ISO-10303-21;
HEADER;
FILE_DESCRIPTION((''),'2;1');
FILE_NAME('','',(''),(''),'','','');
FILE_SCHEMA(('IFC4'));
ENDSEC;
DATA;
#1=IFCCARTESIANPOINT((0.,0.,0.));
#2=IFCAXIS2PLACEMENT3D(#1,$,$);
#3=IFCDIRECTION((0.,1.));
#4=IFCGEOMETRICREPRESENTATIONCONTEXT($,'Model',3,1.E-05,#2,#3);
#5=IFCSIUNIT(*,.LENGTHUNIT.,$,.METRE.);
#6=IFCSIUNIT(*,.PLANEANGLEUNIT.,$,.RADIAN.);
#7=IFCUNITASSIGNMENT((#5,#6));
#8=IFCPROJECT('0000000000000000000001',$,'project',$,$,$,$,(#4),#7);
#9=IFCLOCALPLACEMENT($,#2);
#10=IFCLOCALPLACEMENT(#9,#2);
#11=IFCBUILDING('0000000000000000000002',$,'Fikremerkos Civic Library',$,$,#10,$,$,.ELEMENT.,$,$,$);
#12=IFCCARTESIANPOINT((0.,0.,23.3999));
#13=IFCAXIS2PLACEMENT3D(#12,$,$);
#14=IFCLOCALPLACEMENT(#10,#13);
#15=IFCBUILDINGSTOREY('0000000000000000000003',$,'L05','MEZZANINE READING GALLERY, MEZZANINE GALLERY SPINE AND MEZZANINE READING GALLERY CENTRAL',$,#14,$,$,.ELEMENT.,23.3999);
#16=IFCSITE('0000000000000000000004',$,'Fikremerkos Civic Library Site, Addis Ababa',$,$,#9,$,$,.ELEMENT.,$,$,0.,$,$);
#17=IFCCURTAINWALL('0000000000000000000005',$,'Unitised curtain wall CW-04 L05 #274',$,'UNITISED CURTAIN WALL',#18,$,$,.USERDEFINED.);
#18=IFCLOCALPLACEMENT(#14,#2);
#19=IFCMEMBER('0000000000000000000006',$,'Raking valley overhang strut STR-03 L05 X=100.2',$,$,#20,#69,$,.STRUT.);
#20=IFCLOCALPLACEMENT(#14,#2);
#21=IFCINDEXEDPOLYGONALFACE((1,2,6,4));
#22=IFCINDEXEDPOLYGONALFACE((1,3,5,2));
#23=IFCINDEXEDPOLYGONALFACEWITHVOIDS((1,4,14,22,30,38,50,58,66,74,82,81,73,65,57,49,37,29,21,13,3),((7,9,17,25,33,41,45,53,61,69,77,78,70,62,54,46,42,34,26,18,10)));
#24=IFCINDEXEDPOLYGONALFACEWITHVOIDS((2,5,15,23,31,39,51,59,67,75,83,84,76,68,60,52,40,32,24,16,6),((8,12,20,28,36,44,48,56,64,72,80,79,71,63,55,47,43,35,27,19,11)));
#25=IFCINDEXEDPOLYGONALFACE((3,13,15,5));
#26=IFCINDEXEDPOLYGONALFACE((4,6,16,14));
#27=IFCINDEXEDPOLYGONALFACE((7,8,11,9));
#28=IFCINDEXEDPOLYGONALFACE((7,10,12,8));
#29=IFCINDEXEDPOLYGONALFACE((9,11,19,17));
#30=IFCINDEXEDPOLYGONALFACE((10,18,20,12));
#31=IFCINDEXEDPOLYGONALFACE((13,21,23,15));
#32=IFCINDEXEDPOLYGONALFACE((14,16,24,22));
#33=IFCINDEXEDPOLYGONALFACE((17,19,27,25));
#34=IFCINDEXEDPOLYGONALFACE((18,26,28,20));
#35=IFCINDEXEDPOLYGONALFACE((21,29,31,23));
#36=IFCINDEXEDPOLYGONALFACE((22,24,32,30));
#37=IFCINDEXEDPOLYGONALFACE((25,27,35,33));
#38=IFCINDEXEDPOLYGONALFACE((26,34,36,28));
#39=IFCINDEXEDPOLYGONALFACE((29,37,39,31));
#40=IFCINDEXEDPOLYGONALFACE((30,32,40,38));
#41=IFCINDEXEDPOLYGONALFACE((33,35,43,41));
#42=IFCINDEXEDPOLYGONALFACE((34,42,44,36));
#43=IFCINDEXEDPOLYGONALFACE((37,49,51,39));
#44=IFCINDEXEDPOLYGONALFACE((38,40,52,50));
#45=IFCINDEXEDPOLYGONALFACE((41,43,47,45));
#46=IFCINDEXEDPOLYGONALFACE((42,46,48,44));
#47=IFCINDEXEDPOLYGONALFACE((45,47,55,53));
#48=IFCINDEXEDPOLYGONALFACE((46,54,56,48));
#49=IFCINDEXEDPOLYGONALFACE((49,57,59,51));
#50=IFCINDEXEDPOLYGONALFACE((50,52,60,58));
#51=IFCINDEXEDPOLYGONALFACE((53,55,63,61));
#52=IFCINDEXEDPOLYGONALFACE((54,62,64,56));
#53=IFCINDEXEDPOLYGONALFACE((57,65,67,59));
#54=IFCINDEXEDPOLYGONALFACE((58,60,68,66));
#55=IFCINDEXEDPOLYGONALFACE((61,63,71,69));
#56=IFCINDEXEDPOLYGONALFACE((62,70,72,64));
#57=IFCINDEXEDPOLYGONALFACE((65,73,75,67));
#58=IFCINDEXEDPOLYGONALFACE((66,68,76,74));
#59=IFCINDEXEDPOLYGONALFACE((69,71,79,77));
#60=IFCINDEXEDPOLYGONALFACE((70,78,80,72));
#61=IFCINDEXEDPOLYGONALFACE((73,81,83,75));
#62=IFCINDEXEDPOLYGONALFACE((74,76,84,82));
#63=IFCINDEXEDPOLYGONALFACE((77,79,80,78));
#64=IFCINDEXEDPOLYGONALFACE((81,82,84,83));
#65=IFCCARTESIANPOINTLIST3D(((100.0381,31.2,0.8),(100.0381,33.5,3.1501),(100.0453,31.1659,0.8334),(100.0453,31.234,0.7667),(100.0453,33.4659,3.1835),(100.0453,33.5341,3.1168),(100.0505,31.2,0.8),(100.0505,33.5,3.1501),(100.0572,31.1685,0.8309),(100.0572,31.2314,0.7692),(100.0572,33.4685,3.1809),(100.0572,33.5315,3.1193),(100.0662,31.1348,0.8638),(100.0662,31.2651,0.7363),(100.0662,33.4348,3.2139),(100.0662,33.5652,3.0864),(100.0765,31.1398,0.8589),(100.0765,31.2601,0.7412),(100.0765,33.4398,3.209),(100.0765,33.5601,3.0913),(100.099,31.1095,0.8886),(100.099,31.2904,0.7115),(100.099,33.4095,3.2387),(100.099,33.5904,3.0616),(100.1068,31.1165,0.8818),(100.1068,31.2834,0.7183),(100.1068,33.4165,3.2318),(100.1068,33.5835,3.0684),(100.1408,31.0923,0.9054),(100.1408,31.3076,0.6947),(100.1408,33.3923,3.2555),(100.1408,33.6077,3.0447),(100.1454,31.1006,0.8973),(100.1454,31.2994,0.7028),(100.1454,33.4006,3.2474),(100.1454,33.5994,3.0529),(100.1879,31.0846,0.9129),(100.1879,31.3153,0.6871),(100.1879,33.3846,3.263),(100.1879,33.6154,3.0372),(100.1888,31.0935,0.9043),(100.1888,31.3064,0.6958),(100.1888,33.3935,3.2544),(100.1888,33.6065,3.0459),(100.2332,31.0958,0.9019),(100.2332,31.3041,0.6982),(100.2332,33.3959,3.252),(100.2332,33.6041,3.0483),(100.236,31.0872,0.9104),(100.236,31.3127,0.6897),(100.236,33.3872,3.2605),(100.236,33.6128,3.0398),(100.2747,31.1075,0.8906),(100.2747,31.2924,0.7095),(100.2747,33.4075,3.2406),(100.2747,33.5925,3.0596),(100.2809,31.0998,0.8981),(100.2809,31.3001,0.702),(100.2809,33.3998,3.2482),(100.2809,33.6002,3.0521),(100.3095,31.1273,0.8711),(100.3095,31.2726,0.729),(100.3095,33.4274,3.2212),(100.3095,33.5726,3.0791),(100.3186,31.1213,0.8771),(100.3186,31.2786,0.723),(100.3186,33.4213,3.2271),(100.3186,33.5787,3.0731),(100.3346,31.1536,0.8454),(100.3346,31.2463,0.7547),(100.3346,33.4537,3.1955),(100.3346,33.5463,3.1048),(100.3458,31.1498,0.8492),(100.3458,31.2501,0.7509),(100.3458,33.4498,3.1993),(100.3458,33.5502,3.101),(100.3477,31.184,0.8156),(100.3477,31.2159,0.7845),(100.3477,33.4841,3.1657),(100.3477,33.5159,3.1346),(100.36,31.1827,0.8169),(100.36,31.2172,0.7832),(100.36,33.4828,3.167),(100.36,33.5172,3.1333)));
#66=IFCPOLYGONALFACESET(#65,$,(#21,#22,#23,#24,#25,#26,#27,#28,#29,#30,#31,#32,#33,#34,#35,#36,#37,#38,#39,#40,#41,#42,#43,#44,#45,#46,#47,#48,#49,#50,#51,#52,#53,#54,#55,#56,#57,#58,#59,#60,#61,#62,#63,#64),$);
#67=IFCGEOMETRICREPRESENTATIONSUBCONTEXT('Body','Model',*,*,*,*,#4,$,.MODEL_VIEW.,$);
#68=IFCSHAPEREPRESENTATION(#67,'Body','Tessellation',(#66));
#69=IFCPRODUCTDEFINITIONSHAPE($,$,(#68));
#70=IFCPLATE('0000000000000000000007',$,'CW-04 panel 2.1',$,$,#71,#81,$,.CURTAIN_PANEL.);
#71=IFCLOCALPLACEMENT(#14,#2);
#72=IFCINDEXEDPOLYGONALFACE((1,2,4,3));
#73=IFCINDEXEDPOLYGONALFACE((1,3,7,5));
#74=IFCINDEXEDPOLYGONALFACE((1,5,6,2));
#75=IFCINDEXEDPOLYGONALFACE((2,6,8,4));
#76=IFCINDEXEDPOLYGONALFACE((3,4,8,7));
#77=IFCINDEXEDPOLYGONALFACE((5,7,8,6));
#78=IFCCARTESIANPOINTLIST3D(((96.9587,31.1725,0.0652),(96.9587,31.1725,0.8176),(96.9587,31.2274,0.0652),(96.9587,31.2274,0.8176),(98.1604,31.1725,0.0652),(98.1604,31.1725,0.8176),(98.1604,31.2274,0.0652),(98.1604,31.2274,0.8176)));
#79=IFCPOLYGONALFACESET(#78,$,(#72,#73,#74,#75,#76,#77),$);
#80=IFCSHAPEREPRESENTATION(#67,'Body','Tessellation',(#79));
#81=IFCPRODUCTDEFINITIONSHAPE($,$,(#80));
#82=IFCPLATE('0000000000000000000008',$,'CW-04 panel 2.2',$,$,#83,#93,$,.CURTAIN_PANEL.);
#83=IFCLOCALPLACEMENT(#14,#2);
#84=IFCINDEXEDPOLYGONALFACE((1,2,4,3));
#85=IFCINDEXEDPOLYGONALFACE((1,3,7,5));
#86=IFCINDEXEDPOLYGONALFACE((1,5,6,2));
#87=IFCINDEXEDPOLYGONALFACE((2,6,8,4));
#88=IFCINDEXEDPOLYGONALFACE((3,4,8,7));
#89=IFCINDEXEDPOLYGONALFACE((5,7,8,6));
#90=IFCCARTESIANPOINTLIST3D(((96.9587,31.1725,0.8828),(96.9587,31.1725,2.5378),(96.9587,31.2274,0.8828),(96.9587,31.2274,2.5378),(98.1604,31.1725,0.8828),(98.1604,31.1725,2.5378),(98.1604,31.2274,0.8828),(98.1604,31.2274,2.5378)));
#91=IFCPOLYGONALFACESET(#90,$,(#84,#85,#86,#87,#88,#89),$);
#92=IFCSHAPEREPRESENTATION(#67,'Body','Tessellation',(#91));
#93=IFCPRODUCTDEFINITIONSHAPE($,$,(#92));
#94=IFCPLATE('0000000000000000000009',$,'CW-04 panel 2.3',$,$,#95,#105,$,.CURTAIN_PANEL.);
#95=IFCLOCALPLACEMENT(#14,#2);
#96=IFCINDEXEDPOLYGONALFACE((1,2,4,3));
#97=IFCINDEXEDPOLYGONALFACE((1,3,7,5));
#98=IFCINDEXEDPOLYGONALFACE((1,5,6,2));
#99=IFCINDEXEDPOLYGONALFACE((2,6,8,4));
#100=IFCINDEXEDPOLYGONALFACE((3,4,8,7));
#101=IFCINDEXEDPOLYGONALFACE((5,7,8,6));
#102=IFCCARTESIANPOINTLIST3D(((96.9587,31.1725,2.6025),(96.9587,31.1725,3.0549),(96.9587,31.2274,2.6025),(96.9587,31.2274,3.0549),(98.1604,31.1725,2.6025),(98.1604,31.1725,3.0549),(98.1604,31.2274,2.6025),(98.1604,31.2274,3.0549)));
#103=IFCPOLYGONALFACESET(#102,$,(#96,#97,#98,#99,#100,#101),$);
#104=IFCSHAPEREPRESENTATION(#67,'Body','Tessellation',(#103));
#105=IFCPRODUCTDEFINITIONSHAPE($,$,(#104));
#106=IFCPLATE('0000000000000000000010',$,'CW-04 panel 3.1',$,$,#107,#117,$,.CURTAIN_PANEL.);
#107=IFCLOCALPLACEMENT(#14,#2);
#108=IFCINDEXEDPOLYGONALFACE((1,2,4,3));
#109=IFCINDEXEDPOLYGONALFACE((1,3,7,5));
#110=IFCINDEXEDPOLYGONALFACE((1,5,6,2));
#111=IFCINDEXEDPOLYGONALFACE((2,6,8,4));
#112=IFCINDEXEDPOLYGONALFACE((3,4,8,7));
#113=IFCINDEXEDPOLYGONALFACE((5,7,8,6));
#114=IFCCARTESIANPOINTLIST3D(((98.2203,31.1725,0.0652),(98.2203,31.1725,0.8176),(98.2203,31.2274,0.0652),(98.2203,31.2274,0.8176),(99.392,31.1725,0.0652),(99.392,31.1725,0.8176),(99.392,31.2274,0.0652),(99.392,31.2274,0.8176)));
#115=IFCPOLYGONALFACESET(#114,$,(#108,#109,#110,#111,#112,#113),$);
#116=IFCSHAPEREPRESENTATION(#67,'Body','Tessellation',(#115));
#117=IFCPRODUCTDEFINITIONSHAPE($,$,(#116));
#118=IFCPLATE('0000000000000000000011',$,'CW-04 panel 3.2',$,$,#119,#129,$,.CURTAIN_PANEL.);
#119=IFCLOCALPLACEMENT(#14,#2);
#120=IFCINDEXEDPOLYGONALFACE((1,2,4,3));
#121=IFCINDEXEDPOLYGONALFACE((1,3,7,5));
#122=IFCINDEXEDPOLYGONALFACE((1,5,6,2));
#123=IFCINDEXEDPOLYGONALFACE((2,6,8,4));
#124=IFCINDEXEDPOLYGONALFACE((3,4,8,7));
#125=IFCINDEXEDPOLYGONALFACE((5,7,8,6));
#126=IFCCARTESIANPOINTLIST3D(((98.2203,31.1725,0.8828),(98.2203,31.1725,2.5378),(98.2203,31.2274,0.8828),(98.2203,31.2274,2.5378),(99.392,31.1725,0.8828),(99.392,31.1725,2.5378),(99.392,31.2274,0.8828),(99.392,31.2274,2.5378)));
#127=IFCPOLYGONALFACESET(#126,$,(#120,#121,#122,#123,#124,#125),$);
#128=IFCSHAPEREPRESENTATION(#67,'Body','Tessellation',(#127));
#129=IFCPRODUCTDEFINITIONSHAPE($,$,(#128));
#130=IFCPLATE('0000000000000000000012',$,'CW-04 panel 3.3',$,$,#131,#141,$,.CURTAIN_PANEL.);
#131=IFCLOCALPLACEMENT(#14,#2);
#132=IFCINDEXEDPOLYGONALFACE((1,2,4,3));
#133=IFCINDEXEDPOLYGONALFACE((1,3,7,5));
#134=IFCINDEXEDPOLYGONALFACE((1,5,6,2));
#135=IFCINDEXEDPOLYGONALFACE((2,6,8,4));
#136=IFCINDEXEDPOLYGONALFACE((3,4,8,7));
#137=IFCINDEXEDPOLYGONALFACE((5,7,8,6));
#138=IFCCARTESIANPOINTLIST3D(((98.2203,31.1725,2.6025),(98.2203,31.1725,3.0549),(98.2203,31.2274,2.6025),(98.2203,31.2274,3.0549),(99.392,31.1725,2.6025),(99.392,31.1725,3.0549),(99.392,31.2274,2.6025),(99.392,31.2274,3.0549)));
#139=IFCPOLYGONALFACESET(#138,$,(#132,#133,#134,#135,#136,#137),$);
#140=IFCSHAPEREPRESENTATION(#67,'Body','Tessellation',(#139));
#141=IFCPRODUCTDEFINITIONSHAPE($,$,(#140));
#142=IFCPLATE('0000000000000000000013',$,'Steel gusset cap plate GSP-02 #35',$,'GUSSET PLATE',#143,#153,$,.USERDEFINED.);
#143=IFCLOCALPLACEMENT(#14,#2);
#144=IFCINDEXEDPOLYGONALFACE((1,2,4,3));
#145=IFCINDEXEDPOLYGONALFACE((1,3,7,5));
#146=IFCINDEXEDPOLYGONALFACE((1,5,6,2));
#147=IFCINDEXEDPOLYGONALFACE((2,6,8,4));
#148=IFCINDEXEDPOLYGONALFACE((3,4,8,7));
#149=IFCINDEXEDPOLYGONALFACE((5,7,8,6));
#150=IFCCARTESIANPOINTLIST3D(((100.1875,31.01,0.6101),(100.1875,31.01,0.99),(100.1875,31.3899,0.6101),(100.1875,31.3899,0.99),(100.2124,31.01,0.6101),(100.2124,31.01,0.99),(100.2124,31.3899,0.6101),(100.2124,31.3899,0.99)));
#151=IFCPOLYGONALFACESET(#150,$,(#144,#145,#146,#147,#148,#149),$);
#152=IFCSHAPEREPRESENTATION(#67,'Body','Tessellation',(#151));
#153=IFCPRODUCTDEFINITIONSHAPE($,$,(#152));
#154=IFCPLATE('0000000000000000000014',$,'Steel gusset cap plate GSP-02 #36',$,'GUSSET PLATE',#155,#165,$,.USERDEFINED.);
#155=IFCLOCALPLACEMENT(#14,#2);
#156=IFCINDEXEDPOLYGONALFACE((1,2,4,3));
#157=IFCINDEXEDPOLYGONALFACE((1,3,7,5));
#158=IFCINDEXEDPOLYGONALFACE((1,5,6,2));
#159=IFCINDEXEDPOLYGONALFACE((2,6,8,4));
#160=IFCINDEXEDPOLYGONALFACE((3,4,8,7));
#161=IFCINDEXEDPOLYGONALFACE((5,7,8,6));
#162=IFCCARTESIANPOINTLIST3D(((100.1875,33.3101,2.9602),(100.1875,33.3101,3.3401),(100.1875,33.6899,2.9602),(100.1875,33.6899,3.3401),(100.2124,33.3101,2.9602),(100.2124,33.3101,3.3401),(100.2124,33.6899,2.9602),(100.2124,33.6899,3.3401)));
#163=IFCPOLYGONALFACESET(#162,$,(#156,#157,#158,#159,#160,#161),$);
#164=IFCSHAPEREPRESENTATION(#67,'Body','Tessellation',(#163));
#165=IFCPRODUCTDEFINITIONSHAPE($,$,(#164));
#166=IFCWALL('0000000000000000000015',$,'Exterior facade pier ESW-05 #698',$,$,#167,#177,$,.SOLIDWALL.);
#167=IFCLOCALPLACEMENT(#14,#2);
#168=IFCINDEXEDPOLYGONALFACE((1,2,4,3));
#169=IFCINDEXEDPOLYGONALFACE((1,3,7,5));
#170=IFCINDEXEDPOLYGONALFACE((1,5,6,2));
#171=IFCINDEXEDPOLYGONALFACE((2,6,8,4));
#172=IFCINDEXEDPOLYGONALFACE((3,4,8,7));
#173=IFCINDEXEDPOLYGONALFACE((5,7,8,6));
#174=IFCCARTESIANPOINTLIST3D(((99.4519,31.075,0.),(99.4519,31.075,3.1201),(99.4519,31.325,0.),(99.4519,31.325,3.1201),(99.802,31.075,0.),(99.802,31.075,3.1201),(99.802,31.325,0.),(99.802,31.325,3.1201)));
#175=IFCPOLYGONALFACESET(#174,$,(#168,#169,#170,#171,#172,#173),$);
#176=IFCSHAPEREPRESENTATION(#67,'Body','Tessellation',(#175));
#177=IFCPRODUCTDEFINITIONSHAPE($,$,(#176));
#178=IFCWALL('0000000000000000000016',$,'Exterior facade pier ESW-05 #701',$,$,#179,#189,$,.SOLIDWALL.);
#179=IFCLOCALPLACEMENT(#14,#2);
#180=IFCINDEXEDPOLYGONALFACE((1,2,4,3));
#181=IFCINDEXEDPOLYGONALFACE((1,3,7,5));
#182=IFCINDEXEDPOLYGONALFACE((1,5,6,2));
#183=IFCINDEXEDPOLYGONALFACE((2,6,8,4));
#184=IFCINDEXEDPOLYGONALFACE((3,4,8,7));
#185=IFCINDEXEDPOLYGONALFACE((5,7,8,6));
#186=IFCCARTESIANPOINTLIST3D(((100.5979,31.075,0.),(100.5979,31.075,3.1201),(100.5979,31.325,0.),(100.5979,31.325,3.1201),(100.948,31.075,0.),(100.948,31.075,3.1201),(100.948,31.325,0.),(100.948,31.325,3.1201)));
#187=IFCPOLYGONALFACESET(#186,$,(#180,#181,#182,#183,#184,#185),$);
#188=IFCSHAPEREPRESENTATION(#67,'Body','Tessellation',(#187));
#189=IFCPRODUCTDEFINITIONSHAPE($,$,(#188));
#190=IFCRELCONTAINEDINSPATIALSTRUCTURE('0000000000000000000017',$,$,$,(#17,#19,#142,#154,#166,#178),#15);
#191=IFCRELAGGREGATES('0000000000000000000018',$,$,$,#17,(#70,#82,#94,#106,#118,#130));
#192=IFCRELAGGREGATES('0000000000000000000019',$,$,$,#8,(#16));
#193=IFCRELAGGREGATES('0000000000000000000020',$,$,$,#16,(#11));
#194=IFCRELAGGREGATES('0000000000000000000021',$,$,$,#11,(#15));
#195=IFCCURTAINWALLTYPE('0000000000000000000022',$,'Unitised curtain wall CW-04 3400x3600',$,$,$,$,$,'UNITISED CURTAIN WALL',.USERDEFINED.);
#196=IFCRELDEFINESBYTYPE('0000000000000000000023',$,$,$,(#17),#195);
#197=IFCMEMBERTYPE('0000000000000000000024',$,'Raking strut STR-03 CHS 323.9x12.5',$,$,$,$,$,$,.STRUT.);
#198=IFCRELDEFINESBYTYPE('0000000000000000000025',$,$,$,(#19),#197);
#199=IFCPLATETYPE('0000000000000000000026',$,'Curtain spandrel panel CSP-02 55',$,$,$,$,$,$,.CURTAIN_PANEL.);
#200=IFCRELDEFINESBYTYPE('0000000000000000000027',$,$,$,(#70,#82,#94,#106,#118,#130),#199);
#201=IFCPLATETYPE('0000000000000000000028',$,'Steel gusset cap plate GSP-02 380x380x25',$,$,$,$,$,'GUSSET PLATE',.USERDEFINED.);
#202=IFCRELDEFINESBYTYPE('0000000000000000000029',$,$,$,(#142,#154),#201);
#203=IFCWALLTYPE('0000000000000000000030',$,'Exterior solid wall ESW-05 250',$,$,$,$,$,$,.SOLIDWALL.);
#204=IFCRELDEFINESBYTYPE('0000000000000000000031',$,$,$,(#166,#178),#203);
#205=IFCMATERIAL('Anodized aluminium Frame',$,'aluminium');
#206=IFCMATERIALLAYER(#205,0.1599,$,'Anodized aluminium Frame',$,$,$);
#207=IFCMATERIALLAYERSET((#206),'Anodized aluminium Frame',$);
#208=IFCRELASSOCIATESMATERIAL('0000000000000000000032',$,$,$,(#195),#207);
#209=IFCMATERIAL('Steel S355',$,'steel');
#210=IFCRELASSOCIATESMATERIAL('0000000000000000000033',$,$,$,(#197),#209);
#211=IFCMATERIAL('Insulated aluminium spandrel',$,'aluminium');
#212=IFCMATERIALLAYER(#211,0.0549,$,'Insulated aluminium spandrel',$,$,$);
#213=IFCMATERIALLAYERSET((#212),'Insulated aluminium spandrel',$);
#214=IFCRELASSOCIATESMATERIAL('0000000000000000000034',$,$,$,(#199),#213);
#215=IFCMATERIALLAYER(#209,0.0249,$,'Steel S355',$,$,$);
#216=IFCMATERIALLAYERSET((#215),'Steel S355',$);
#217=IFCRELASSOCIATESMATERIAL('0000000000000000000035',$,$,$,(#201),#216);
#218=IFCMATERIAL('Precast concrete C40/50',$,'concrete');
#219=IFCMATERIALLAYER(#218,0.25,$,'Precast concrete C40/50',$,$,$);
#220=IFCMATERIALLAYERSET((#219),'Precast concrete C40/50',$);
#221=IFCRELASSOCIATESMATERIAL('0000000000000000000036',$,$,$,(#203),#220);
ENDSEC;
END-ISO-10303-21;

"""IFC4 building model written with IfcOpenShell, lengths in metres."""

from ifc_helpers import new_model, si_unit, direction, frame, frame_2d, origin, origin_2d, place, context, subcontext, project, spatial, rectangle, hollow_circle, extrude, material, layer, layer_set, material_profile, profile_set, type_object, element, aggregate, save


model = new_model("IFC4")

# Units and contexts
model_context = context("Model", 3, precision=1e-05, world=origin(), true_north=direction((0.0, 1.0)))
body_context = subcontext(model_context, "Body", "Model", "MODEL_VIEW")
ifc_project = project(units=[si_unit("LENGTHUNIT", "METRE"), si_unit("PLANEANGLEUNIT", "RADIAN")], contexts=[model_context])

# Site, building, storey
site_placement = place(None, origin())
site = spatial("IfcSite", under=ifc_project, at=site_placement, Name="Fikremerkos Civic Library Site, Addis Ababa", CompositionType="ELEMENT", RefElevation=0.0)
building_placement = place(site_placement, origin())
building = spatial("IfcBuilding", under=site, at=building_placement, Name="Fikremerkos Civic Library", CompositionType="ELEMENT")
storey_placement = place(building_placement, frame((0.0, 0.0, 23.3999)))
storey = spatial("IfcBuildingStorey", under=building, at=storey_placement, Name="L05", Description="MEZZANINE READING GALLERY, MEZZANINE GALLERY SPINE AND MEZZANINE READING GALLERY CENTRAL", CompositionType="ELEMENT", Elevation=23.3999)

# Curtain wall
ifc_material_1 = material(Name="Anodized aluminium Frame", Category="aluminium")
ifc_layer_1 = layer(ifc_material_1, 0.1599, Name="Anodized aluminium Frame")
ifc_layer_set_1 = layer_set([ifc_layer_1], Name="Anodized aluminium Frame")
curtain_wall_type = type_object("IfcCurtainWallType", Name="Unitised curtain wall CW-04 3400x3600", ElementType="UNITISED CURTAIN WALL", PredefinedType="USERDEFINED", material=ifc_layer_set_1)
curtain_wall_placement = place(storey_placement, origin())
curtain_wall = element("IfcCurtainWall", 1, at=curtain_wall_placement, inside=storey, type_object=curtain_wall_type, Name="Unitised curtain wall CW-04 L05 #274", ObjectType="UNITISED CURTAIN WALL", PredefinedType="USERDEFINED")

# Member
ifc_material_2 = material(Name="Steel S355", Category="steel")
ifc_material_profile_1 = material_profile(ifc_material_2, hollow_circle(Radius=0.1619, WallThickness=0.0125, at=origin_2d()), Name="CHS 323.9x12.5")
ifc_profile_set_1 = profile_set([ifc_material_profile_1], Name="Steel S355")
member_type_1 = type_object("IfcMemberType", Name="Raking strut STR-03 CHS 323.9x12.5", PredefinedType="STRUT", material=ifc_profile_set_1)
member_1_placement = place(storey_placement, frame((100.2, 31.2, 0.8), z_axis=(0.0, 0.699456, 0.714676), x_axis=(-1.0, 0.0, 0.0)))
element("IfcMember", 2, at=member_1_placement, inside=storey, type_object=member_type_1, Name="Raking valley overhang strut STR-03 L05 X=100.2", PredefinedType="STRUT", context=body_context, shape_type="SweptSolid", body=[
    extrude(hollow_circle(Radius=0.1619, WallThickness=0.0125, at=origin_2d()), origin(), (0.0, 0.0, 1.0), 3.2883),
])

# Plates
ifc_material_3 = material(Name="Insulated aluminium spandrel", Category="aluminium")
ifc_layer_2 = layer(ifc_material_3, 0.0549, Name="Insulated aluminium spandrel")
ifc_layer_set_2 = layer_set([ifc_layer_2], Name="Insulated aluminium spandrel")
plate_type_1 = type_object("IfcPlateType", Name="Curtain spandrel panel CSP-02 55", PredefinedType="CURTAIN_PANEL", material=ifc_layer_set_2)
plate_1_placement = place(storey_placement, frame((97.5596, 31.2, 0.0652), z_axis=(0.0, 0.0, 1.0), x_axis=(1.0, 0.0, 0.0)))
plate_1 = element("IfcPlate", 3, at=plate_1_placement, type_object=plate_type_1, Name="CW-04 panel 2.1", PredefinedType="CURTAIN_PANEL", context=body_context, shape_type="SweptSolid", body=[
    extrude(rectangle(XDim=1.2017, YDim=0.0549, at=origin_2d()), origin(), (0.0, 0.0, 1.0), 0.7524),
])
plate_2_placement = place(storey_placement, frame((97.5596, 31.2, 0.8828), z_axis=(0.0, 0.0, 1.0), x_axis=(1.0, 0.0, 0.0)))
plate_2 = element("IfcPlate", 4, at=plate_2_placement, type_object=plate_type_1, Name="CW-04 panel 2.2", PredefinedType="CURTAIN_PANEL", context=body_context, shape_type="SweptSolid", body=[
    extrude(rectangle(XDim=1.2017, YDim=0.0549, at=origin_2d()), origin(), (0.0, 0.0, 1.0), 1.655),
])
plate_3_placement = place(storey_placement, frame((97.5596, 31.2, 2.6025), z_axis=(0.0, 0.0, 1.0), x_axis=(1.0, 0.0, 0.0)))
plate_3 = element("IfcPlate", 5, at=plate_3_placement, type_object=plate_type_1, Name="CW-04 panel 2.3", PredefinedType="CURTAIN_PANEL", context=body_context, shape_type="SweptSolid", body=[
    extrude(rectangle(XDim=1.2017, YDim=0.0549, at=origin_2d()), origin(), (0.0, 0.0, 1.0), 0.4524),
])
plate_4_placement = place(storey_placement, frame((98.8062, 31.2, 0.0652), z_axis=(0.0, 0.0, 1.0), x_axis=(1.0, 0.0, 0.0)))
plate_4 = element("IfcPlate", 6, at=plate_4_placement, type_object=plate_type_1, Name="CW-04 panel 3.1", PredefinedType="CURTAIN_PANEL", context=body_context, shape_type="SweptSolid", body=[
    extrude(rectangle(XDim=1.1716, YDim=0.0549, at=origin_2d()), origin(), (0.0, 0.0, 1.0), 0.7524),
])
plate_5_placement = place(storey_placement, frame((98.8062, 31.2, 0.8828), z_axis=(0.0, 0.0, 1.0), x_axis=(1.0, 0.0, 0.0)))
plate_5 = element("IfcPlate", 7, at=plate_5_placement, type_object=plate_type_1, Name="CW-04 panel 3.2", PredefinedType="CURTAIN_PANEL", context=body_context, shape_type="SweptSolid", body=[
    extrude(rectangle(XDim=1.1716, YDim=0.0549, at=origin_2d()), origin(), (0.0, 0.0, 1.0), 1.655),
])
plate_6_placement = place(storey_placement, frame((98.8062, 31.2, 2.6025), z_axis=(0.0, 0.0, 1.0), x_axis=(1.0, 0.0, 0.0)))
plate_6 = element("IfcPlate", 8, at=plate_6_placement, type_object=plate_type_1, Name="CW-04 panel 3.3", PredefinedType="CURTAIN_PANEL", context=body_context, shape_type="SweptSolid", body=[
    extrude(rectangle(XDim=1.1716, YDim=0.0549, at=origin_2d()), origin(), (0.0, 0.0, 1.0), 0.4524),
])
aggregate(curtain_wall, [plate_1, plate_2, plate_3, plate_4, plate_5, plate_6])

# Plates
ifc_layer_3 = layer(ifc_material_2, 0.0249, Name="Steel S355")
ifc_layer_set_3 = layer_set([ifc_layer_3], Name="Steel S355")
plate_type_2 = type_object("IfcPlateType", Name="Steel gusset cap plate GSP-02 380x380x25", ElementType="GUSSET PLATE", PredefinedType="USERDEFINED", material=ifc_layer_set_3)
for number, where, z_axis, x_axis, name in (
    (9, (100.2, 31.2, 0.6101), (0.0, 0.0, 1.0), (1.0, 0.0, 0.0), "Steel gusset cap plate GSP-02 #35"),
    (10, (100.2, 33.5, 2.9602), (0.0, 0.0, 1.0), (1.0, 0.0, 0.0), "Steel gusset cap plate GSP-02 #36"),
):
    element("IfcPlate", number, at=place(storey_placement, frame(where, z_axis=z_axis, x_axis=x_axis)), inside=storey, type_object=plate_type_2, Name=name, ObjectType="GUSSET PLATE", PredefinedType="USERDEFINED", context=body_context, shape_type="SweptSolid", body=[
        extrude(rectangle(XDim=0.0249, YDim=0.3799, at=origin_2d()), origin(), (0.0, 0.0, 1.0), 0.3799),
    ])

# Walls
ifc_material_4 = material(Name="Precast concrete C40/50", Category="concrete")
ifc_layer_4 = layer(ifc_material_4, 0.25, Name="Precast concrete C40/50")
ifc_layer_set_4 = layer_set([ifc_layer_4], Name="Precast concrete C40/50")
wall_type = type_object("IfcWallType", Name="Exterior solid wall ESW-05 250", PredefinedType="SOLIDWALL", material=ifc_layer_set_4)
for number, where, z_axis, x_axis, name in (
    (11, (99.4519, 31.2, 0.0), (0.0, 0.0, 1.0), (1.0, 0.0, 0.0), "Exterior facade pier ESW-05 #698"),
    (12, (100.5979, 31.2, 0.0), (0.0, 0.0, 1.0), (1.0, 0.0, 0.0), "Exterior facade pier ESW-05 #701"),
):
    element("IfcWall", number, at=place(storey_placement, frame(where, z_axis=z_axis, x_axis=x_axis)), inside=storey, type_object=wall_type, Name=name, PredefinedType="SOLIDWALL", context=body_context, shape_type="SweptSolid", body=[
        extrude(rectangle(XDim=0.3501, YDim=0.25, at=frame_2d((0.175, 0.0))), origin(), (0.0, 0.0, 1.0), 3.1201),
    ])

save(model, "model.ifc")
